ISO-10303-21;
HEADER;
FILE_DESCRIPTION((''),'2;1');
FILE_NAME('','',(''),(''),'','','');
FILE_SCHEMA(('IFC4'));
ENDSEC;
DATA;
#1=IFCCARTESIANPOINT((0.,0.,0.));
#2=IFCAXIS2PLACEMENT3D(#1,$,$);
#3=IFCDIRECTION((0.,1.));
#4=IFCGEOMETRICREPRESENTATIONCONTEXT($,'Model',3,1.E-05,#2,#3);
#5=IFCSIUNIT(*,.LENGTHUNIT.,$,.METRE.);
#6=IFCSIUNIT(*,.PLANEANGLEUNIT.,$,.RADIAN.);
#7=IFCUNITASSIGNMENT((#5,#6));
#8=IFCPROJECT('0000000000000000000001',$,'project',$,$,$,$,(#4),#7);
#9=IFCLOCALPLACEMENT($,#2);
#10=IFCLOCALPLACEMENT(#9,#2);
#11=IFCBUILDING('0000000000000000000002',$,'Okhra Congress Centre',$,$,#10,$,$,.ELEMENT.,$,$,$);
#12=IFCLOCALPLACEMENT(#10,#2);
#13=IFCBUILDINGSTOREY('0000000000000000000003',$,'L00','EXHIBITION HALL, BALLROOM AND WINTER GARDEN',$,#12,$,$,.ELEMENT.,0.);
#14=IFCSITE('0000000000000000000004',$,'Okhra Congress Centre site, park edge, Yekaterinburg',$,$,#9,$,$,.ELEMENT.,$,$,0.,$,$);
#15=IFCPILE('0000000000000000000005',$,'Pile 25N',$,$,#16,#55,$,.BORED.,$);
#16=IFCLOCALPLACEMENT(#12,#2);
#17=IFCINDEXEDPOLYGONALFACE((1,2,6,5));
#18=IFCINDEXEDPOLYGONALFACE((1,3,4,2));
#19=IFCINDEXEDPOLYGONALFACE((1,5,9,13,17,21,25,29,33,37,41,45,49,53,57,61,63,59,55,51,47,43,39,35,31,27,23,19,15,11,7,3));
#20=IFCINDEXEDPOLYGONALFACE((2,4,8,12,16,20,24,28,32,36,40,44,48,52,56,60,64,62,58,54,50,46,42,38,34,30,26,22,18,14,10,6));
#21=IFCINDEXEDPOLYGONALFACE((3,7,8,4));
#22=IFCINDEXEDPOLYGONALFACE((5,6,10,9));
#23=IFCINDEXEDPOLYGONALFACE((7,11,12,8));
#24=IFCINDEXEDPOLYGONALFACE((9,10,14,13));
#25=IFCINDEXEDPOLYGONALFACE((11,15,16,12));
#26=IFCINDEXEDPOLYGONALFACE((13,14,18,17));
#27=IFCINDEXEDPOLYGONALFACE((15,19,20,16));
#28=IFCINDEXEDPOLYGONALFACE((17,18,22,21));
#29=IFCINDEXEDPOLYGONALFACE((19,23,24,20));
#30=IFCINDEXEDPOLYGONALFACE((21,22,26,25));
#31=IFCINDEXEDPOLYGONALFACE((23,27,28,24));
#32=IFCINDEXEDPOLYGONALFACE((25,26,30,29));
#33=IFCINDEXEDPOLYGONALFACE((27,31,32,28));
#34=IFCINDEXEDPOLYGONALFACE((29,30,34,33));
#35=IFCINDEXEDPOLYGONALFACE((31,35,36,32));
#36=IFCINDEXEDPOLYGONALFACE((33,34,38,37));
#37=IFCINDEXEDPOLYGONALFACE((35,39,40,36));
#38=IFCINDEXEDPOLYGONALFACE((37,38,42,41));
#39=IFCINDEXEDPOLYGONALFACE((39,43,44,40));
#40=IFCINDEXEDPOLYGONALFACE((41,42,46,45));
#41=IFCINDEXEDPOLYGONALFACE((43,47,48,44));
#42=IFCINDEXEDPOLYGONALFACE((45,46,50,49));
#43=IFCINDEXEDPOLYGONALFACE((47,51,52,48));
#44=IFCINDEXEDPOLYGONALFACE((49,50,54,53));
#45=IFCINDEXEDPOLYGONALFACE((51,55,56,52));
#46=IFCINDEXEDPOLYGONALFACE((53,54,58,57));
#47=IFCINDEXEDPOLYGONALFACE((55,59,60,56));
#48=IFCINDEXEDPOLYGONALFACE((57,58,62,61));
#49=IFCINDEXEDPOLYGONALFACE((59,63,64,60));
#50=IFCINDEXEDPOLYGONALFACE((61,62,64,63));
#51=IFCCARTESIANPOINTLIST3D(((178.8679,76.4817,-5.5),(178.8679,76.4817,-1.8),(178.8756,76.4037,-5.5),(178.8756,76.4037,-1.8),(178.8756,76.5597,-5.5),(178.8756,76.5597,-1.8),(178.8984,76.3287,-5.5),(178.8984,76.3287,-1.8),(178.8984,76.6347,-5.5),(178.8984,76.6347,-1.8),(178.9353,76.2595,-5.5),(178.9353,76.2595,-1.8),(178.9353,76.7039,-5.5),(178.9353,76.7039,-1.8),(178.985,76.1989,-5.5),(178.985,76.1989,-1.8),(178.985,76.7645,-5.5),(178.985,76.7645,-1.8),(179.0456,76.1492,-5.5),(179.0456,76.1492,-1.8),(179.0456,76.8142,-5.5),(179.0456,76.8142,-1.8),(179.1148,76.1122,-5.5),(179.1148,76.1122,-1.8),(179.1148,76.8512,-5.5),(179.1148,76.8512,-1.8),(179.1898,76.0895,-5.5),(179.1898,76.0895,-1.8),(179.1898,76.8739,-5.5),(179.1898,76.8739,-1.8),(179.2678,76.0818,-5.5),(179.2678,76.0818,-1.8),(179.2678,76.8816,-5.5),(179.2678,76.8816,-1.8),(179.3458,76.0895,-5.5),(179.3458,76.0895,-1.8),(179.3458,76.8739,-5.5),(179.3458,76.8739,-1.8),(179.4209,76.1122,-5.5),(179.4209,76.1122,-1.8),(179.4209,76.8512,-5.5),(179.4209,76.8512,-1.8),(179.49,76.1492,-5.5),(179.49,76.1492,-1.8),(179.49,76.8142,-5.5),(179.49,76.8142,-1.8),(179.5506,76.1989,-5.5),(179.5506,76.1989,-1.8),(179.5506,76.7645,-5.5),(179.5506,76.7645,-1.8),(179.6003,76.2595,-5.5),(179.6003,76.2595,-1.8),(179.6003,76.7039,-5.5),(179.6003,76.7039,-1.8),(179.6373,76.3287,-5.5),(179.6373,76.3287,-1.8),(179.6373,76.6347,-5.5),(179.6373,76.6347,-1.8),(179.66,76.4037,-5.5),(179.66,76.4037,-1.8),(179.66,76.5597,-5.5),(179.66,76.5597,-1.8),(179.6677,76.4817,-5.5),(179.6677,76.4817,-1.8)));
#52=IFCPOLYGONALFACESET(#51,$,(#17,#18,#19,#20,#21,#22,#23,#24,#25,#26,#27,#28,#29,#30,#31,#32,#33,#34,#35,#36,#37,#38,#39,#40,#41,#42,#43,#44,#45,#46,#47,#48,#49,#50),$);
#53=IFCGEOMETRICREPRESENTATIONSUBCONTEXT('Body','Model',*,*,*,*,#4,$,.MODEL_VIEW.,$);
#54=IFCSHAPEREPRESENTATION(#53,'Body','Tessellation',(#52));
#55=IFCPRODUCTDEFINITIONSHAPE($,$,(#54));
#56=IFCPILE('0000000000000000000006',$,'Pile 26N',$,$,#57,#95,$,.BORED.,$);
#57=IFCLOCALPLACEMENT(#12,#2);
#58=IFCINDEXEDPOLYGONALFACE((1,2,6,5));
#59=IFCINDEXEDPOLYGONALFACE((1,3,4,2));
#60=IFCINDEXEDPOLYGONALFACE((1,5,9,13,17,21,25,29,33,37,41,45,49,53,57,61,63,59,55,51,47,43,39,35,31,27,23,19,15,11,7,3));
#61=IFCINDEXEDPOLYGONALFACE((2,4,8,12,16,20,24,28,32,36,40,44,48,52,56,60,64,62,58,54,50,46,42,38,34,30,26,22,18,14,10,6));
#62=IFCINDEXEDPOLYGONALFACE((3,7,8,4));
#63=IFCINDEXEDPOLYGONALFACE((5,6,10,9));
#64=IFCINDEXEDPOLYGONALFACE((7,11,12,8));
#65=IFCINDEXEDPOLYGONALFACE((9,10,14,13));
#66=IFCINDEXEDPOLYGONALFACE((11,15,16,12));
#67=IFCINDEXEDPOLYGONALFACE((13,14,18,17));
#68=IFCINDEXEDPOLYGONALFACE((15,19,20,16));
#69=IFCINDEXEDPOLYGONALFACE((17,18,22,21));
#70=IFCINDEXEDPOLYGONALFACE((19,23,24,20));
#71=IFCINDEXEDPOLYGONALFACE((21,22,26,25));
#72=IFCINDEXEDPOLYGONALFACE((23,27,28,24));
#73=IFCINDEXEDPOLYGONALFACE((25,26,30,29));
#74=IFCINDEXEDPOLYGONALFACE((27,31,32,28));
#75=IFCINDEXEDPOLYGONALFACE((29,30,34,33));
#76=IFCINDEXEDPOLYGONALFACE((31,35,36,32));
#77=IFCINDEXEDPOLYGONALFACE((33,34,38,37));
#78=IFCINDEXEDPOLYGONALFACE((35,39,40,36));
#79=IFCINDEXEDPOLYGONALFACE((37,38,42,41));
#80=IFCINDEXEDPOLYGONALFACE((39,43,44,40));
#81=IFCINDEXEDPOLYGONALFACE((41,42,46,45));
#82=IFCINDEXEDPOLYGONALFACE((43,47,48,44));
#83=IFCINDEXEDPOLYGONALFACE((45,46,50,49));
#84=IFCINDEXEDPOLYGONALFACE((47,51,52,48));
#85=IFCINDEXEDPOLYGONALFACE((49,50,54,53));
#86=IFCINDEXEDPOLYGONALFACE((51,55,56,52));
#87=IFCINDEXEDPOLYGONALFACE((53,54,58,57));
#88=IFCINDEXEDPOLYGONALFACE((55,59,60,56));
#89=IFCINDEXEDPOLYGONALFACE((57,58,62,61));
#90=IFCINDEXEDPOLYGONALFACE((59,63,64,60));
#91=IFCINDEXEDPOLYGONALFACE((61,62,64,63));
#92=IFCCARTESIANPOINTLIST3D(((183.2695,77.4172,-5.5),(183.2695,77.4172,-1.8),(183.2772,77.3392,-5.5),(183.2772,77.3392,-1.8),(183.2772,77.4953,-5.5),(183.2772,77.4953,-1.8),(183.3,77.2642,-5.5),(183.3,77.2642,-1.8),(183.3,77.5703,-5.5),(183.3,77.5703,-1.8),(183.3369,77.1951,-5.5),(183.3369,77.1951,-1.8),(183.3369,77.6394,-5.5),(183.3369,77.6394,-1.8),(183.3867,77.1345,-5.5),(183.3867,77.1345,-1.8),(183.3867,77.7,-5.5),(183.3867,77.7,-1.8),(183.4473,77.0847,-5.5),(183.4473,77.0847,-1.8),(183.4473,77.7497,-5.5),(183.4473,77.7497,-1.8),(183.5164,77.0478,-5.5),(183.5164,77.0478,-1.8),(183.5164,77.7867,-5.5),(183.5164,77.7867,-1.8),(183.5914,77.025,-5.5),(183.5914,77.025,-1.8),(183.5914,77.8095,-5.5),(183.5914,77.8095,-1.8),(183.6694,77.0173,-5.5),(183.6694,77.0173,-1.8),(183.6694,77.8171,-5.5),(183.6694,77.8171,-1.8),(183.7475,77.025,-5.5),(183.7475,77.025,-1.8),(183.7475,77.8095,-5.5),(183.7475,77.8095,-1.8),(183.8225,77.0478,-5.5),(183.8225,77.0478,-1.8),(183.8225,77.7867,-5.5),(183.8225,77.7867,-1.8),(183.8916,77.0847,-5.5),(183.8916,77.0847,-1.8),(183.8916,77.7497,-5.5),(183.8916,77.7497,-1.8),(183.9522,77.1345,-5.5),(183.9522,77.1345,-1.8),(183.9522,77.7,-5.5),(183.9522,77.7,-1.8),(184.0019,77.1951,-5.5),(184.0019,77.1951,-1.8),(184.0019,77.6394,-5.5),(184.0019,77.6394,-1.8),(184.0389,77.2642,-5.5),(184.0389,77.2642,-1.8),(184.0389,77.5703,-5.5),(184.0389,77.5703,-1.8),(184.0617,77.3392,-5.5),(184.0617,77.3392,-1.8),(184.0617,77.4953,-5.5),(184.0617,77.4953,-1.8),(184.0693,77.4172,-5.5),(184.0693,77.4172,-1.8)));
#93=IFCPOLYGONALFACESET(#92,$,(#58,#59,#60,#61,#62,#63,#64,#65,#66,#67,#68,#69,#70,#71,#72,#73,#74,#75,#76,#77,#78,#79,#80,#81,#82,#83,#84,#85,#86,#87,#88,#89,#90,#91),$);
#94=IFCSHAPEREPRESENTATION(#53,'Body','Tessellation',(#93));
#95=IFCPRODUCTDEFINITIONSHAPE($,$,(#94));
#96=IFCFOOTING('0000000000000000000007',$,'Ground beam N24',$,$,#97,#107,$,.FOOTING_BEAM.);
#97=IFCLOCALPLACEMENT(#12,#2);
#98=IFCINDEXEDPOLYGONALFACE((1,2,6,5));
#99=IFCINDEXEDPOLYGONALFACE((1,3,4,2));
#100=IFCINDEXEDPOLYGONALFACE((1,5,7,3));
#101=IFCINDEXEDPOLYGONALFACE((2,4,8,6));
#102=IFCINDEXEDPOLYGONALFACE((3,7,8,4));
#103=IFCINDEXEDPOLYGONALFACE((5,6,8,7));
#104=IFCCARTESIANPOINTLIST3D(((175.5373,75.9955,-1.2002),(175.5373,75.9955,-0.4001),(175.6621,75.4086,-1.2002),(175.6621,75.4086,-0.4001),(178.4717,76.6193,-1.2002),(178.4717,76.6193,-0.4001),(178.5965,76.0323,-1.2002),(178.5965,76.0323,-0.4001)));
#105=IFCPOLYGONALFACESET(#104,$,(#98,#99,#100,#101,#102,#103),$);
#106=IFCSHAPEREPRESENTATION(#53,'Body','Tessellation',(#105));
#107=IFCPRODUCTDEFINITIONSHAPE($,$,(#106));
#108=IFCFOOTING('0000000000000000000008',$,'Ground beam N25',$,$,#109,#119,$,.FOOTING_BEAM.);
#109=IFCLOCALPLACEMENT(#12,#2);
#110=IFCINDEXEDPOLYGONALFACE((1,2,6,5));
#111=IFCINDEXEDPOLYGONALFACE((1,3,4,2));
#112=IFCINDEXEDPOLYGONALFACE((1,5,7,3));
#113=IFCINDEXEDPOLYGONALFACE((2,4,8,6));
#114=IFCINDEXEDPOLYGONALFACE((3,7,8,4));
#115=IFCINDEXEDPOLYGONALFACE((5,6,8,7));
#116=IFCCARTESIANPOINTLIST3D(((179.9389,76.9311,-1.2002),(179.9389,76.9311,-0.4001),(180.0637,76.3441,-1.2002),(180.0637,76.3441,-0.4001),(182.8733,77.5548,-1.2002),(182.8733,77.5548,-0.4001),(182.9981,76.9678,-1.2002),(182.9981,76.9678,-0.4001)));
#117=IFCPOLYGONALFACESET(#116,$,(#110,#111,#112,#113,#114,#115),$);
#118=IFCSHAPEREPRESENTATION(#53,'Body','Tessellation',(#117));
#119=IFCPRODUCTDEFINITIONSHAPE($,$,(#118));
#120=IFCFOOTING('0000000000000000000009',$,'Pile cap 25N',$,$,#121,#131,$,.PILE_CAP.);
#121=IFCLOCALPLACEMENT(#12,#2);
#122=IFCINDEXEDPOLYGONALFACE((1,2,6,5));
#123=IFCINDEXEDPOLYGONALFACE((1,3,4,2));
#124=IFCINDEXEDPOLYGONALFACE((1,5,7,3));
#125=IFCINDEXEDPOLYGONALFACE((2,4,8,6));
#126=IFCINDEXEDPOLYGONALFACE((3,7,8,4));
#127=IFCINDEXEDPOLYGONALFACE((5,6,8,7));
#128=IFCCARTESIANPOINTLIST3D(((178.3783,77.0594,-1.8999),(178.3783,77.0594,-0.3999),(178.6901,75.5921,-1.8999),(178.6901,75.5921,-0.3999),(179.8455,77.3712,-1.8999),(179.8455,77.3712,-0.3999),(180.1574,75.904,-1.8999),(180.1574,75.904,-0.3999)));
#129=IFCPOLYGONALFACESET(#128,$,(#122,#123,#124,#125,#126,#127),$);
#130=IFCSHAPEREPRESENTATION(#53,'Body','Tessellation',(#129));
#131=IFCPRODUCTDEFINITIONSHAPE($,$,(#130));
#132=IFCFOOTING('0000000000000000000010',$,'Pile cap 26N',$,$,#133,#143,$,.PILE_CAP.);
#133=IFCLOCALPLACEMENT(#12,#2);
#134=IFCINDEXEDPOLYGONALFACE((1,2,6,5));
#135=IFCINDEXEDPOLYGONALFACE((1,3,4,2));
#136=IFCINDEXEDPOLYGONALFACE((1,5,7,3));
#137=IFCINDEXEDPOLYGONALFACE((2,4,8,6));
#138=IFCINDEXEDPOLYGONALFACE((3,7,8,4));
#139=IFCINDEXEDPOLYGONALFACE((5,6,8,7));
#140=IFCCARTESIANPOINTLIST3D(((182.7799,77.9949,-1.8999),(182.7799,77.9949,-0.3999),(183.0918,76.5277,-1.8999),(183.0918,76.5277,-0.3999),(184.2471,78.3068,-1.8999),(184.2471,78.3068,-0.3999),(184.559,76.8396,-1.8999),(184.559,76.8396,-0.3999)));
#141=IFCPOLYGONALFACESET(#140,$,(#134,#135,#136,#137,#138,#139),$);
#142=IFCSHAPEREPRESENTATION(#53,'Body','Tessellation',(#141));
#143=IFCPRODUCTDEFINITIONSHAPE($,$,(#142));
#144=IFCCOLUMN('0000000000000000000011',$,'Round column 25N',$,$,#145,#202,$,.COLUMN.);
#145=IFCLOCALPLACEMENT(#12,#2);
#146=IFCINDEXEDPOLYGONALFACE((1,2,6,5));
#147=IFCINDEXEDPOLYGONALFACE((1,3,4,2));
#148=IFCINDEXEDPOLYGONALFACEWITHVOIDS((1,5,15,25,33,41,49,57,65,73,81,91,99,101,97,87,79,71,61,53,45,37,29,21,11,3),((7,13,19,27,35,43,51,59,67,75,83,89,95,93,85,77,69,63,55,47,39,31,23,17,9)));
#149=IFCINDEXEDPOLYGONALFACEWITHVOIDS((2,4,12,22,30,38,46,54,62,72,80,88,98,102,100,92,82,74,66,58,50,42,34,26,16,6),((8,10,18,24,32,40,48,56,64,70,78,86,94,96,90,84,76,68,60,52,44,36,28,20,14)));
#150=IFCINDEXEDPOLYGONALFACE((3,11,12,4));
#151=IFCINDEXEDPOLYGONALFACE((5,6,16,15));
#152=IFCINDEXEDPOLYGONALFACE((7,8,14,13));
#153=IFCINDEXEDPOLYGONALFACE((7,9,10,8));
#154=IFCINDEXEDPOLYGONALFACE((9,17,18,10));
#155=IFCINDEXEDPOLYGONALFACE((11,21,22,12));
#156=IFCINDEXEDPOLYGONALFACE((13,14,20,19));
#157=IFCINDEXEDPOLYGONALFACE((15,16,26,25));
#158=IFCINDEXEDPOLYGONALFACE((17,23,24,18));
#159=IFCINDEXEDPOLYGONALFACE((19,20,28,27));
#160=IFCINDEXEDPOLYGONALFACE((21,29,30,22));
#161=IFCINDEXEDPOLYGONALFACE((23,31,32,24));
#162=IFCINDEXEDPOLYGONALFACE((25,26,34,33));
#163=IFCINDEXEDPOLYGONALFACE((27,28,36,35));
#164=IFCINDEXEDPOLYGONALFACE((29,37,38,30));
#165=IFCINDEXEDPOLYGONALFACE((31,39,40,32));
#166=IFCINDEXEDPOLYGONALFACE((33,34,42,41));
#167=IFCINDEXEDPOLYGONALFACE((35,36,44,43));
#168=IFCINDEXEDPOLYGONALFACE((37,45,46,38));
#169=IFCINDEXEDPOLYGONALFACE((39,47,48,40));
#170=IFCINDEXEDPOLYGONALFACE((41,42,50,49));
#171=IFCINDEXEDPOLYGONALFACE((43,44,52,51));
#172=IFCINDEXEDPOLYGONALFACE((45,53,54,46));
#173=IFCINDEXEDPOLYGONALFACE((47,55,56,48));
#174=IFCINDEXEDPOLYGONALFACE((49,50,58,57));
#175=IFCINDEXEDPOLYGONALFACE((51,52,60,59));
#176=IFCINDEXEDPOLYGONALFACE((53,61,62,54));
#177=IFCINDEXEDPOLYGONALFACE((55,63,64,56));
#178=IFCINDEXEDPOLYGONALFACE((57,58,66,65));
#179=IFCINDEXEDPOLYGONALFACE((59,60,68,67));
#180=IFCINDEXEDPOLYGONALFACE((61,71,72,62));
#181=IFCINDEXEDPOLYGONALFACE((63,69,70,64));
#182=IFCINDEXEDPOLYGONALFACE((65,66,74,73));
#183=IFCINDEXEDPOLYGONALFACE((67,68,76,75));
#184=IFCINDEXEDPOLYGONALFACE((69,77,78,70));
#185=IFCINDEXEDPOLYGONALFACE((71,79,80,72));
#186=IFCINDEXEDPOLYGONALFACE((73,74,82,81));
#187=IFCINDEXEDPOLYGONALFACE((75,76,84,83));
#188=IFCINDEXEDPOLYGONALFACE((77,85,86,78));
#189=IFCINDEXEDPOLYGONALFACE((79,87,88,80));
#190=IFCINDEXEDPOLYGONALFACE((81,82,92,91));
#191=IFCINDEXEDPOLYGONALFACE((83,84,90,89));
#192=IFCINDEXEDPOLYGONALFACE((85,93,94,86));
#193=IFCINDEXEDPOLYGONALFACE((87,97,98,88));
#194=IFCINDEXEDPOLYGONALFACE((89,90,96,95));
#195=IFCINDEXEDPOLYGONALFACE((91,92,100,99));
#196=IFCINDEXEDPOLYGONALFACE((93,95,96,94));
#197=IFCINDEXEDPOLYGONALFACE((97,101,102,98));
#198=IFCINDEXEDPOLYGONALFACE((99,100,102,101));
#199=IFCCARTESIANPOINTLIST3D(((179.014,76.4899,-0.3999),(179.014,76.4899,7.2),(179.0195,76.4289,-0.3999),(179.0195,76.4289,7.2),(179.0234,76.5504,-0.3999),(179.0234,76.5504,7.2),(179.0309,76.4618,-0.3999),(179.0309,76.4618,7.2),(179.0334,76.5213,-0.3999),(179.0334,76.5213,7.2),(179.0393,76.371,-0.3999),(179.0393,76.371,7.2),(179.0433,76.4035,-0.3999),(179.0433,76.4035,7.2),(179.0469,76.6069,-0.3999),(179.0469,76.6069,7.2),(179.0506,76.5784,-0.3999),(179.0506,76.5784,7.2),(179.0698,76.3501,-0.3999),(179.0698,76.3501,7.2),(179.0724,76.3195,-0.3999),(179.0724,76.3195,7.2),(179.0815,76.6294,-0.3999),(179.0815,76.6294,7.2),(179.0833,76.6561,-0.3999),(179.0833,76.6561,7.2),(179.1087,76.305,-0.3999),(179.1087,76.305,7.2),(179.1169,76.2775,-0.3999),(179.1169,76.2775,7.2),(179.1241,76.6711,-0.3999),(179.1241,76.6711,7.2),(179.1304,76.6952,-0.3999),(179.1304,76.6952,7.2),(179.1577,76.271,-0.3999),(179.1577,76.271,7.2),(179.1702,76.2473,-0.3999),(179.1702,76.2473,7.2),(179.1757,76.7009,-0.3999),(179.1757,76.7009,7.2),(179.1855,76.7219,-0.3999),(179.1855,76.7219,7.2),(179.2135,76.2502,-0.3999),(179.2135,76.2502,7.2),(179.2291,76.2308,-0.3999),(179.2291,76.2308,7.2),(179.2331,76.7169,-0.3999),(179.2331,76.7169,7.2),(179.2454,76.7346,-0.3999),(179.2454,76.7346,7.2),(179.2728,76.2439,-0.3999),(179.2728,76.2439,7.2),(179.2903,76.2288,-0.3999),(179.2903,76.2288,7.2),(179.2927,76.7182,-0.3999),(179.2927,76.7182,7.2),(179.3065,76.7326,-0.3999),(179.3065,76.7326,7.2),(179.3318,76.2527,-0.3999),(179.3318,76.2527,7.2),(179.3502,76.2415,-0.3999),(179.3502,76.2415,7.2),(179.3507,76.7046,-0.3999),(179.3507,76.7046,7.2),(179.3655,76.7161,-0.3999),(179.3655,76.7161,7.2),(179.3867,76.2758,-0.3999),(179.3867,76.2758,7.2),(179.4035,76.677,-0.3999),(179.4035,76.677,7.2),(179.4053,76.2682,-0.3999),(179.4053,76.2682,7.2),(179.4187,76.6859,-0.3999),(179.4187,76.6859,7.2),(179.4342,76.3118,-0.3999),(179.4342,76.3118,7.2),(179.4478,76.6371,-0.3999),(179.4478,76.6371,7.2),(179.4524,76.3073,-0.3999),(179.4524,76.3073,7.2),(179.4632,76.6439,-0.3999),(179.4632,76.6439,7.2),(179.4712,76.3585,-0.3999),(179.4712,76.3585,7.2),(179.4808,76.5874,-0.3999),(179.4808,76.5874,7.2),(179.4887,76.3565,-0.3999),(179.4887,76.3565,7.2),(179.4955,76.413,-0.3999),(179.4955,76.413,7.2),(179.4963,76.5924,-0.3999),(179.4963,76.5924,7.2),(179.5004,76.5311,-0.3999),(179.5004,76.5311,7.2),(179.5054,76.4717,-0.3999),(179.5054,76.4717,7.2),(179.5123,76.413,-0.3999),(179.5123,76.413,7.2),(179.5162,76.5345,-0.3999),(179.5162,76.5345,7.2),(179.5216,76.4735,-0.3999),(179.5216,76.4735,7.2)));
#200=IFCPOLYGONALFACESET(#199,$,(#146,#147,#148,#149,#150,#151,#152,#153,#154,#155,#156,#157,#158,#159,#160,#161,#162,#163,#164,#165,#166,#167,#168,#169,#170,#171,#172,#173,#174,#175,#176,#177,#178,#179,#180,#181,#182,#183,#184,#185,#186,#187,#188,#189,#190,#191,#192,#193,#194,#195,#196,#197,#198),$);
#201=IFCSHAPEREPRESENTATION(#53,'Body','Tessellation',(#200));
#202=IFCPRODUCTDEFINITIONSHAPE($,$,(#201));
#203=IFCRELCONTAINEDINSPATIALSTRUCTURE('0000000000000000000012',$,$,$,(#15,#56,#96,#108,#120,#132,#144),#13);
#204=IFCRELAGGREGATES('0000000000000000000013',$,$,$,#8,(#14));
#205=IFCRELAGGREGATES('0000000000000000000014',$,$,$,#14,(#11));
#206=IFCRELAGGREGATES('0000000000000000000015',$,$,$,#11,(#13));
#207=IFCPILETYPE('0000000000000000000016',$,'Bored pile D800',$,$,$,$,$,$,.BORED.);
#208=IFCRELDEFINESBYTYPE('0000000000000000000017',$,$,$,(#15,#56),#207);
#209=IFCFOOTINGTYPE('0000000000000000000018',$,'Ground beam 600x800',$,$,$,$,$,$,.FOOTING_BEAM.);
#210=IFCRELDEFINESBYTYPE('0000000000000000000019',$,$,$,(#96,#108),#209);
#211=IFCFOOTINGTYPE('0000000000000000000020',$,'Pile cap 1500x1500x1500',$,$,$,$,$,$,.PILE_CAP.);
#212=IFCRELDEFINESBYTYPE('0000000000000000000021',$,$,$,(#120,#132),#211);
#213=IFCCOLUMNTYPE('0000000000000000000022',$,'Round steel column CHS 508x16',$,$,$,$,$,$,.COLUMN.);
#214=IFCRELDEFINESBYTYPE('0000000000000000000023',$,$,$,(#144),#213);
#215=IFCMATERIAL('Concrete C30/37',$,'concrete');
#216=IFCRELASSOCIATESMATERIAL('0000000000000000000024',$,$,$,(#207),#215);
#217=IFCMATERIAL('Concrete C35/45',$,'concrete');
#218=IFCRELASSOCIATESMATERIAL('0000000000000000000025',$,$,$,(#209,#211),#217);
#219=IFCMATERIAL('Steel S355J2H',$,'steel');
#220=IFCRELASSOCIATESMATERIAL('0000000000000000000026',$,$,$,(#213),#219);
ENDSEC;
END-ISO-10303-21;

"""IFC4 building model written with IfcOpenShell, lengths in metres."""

from ifc_helpers import new_model, si_unit, direction, frame, origin, origin_2d, place, context, subcontext, project, spatial, rectangle, circle, hollow_circle, extrude, material, material_profile, profile_set, type_object, element, save


model = new_model("IFC4")

# Units and contexts
model_context = context("Model", 3, precision=1e-05, world=origin(), true_north=direction((0.0, 1.0)))
body_context = subcontext(model_context, "Body", "Model", "MODEL_VIEW")
ifc_project = project(units=[si_unit("LENGTHUNIT", "METRE"), si_unit("PLANEANGLEUNIT", "RADIAN")], contexts=[model_context])

# Site, building, storey
site_placement = place(None, origin())
site = spatial("IfcSite", under=ifc_project, at=site_placement, Name="Okhra Congress Centre site, park edge, Yekaterinburg", CompositionType="ELEMENT", RefElevation=0.0)
building_placement = place(site_placement, origin())
building = spatial("IfcBuilding", under=site, at=building_placement, Name="Okhra Congress Centre", CompositionType="ELEMENT")
storey_placement = place(building_placement, origin())
storey = spatial("IfcBuildingStorey", under=building, at=storey_placement, Name="L00", Description="EXHIBITION HALL, BALLROOM AND WINTER GARDEN", CompositionType="ELEMENT", Elevation=0.0)

# Piles
ifc_material_1 = material(Name="Concrete C30/37", Category="concrete")
ifc_material_profile_1 = material_profile(ifc_material_1, circle(Radius=0.3999, at=origin_2d()), Name="D800")
ifc_profile_set_1 = profile_set([ifc_material_profile_1], Name="Concrete C30/37")
pile_type = type_object("IfcPileType", Name="Bored pile D800", PredefinedType="BORED", material=ifc_profile_set_1)
for number, where, z_axis, x_axis, name in (
    (1, (179.2678, 76.4817, -1.8), (0.0, 0.0, -1.0), (1.0, 0.0, 0.0), "Pile 25N"),
    (2, (183.6694, 77.4172, -1.8), (0.0, 0.0, -1.0), (1.0, 0.0, 0.0), "Pile 26N"),
):
    element("IfcPile", number, at=place(storey_placement, frame(where, z_axis=z_axis, x_axis=x_axis)), inside=storey, type_object=pile_type, Name=name, PredefinedType="BORED", context=body_context, shape_type="SweptSolid", body=[
        extrude(circle(Radius=0.3999, at=origin_2d()), origin(), (0.0, 0.0, 1.0), 3.7),
    ])

# Footings
ifc_material_2 = material(Name="Concrete C35/45", Category="concrete")
footing_type_1 = type_object("IfcFootingType", Name="Ground beam 600x800", PredefinedType="FOOTING_BEAM", material=ifc_material_2)
for number, where, z_axis, x_axis, name in (
    (3, (177.0669, 76.0139, -1.2002), (0.0, 0.0, 1.0), (0.978148, 0.207912, 0.0), "Ground beam N24"),
    (4, (181.4685, 76.9495, -1.2002), (0.0, 0.0, 1.0), (0.978148, 0.207912, 0.0), "Ground beam N25"),
):
    element("IfcFooting", number, at=place(storey_placement, frame(where, z_axis=z_axis, x_axis=x_axis)), inside=storey, type_object=footing_type_1, Name=name, PredefinedType="FOOTING_BEAM", context=body_context, shape_type="SweptSolid", body=[
        extrude(rectangle(XDim=3.0, YDim=0.6001, at=origin_2d()), origin(), (0.0, 0.0, 1.0), 0.8),
    ])
footing_type_2 = type_object("IfcFootingType", Name="Pile cap 1500x1500x1500", PredefinedType="PILE_CAP", material=ifc_material_2)
for number, where, z_axis, x_axis, name in (
    (5, (179.2678, 76.4817, -1.8999), (0.0, 0.0, 1.0), (0.978148, 0.207912, 0.0), "Pile cap 25N"),
    (6, (183.6694, 77.4172, -1.8999), (0.0, 0.0, 1.0), (0.978148, 0.207912, 0.0), "Pile cap 26N"),
):
    element("IfcFooting", number, at=place(storey_placement, frame(where, z_axis=z_axis, x_axis=x_axis)), inside=storey, type_object=footing_type_2, Name=name, PredefinedType="PILE_CAP", context=body_context, shape_type="SweptSolid", body=[
        extrude(rectangle(XDim=1.5, YDim=1.5, at=origin_2d()), origin(), (0.0, 0.0, 1.0), 1.5),
    ])

# Column
ifc_material_3 = material(Name="Steel S355J2H", Category="steel")
ifc_material_profile_2 = material_profile(ifc_material_3, hollow_circle(Radius=0.2539, WallThickness=0.0161, at=origin_2d()), Name="CHS 508x16")
ifc_profile_set_2 = profile_set([ifc_material_profile_2], Name="Steel S355J2H")
column_type = type_object("IfcColumnType", Name="Round steel column CHS 508x16", PredefinedType="COLUMN", material=ifc_profile_set_2)
for number, where, z_axis, x_axis, name in (
    (7, (179.2678, 76.4817, -0.3999), (0.0, 0.0, 1.0), (0.978148, 0.207912, 0.0), "Round column 25N"),
):
    element("IfcColumn", number, at=place(storey_placement, frame(where, z_axis=z_axis, x_axis=x_axis)), inside=storey, type_object=column_type, Name=name, PredefinedType="COLUMN", context=body_context, shape_type="SweptSolid", body=[
        extrude(hollow_circle(Radius=0.2539, WallThickness=0.0161, at=origin_2d()), origin(), (0.0, 0.0, 1.0), 7.5999),
    ])

save(model, "model.ifc")
